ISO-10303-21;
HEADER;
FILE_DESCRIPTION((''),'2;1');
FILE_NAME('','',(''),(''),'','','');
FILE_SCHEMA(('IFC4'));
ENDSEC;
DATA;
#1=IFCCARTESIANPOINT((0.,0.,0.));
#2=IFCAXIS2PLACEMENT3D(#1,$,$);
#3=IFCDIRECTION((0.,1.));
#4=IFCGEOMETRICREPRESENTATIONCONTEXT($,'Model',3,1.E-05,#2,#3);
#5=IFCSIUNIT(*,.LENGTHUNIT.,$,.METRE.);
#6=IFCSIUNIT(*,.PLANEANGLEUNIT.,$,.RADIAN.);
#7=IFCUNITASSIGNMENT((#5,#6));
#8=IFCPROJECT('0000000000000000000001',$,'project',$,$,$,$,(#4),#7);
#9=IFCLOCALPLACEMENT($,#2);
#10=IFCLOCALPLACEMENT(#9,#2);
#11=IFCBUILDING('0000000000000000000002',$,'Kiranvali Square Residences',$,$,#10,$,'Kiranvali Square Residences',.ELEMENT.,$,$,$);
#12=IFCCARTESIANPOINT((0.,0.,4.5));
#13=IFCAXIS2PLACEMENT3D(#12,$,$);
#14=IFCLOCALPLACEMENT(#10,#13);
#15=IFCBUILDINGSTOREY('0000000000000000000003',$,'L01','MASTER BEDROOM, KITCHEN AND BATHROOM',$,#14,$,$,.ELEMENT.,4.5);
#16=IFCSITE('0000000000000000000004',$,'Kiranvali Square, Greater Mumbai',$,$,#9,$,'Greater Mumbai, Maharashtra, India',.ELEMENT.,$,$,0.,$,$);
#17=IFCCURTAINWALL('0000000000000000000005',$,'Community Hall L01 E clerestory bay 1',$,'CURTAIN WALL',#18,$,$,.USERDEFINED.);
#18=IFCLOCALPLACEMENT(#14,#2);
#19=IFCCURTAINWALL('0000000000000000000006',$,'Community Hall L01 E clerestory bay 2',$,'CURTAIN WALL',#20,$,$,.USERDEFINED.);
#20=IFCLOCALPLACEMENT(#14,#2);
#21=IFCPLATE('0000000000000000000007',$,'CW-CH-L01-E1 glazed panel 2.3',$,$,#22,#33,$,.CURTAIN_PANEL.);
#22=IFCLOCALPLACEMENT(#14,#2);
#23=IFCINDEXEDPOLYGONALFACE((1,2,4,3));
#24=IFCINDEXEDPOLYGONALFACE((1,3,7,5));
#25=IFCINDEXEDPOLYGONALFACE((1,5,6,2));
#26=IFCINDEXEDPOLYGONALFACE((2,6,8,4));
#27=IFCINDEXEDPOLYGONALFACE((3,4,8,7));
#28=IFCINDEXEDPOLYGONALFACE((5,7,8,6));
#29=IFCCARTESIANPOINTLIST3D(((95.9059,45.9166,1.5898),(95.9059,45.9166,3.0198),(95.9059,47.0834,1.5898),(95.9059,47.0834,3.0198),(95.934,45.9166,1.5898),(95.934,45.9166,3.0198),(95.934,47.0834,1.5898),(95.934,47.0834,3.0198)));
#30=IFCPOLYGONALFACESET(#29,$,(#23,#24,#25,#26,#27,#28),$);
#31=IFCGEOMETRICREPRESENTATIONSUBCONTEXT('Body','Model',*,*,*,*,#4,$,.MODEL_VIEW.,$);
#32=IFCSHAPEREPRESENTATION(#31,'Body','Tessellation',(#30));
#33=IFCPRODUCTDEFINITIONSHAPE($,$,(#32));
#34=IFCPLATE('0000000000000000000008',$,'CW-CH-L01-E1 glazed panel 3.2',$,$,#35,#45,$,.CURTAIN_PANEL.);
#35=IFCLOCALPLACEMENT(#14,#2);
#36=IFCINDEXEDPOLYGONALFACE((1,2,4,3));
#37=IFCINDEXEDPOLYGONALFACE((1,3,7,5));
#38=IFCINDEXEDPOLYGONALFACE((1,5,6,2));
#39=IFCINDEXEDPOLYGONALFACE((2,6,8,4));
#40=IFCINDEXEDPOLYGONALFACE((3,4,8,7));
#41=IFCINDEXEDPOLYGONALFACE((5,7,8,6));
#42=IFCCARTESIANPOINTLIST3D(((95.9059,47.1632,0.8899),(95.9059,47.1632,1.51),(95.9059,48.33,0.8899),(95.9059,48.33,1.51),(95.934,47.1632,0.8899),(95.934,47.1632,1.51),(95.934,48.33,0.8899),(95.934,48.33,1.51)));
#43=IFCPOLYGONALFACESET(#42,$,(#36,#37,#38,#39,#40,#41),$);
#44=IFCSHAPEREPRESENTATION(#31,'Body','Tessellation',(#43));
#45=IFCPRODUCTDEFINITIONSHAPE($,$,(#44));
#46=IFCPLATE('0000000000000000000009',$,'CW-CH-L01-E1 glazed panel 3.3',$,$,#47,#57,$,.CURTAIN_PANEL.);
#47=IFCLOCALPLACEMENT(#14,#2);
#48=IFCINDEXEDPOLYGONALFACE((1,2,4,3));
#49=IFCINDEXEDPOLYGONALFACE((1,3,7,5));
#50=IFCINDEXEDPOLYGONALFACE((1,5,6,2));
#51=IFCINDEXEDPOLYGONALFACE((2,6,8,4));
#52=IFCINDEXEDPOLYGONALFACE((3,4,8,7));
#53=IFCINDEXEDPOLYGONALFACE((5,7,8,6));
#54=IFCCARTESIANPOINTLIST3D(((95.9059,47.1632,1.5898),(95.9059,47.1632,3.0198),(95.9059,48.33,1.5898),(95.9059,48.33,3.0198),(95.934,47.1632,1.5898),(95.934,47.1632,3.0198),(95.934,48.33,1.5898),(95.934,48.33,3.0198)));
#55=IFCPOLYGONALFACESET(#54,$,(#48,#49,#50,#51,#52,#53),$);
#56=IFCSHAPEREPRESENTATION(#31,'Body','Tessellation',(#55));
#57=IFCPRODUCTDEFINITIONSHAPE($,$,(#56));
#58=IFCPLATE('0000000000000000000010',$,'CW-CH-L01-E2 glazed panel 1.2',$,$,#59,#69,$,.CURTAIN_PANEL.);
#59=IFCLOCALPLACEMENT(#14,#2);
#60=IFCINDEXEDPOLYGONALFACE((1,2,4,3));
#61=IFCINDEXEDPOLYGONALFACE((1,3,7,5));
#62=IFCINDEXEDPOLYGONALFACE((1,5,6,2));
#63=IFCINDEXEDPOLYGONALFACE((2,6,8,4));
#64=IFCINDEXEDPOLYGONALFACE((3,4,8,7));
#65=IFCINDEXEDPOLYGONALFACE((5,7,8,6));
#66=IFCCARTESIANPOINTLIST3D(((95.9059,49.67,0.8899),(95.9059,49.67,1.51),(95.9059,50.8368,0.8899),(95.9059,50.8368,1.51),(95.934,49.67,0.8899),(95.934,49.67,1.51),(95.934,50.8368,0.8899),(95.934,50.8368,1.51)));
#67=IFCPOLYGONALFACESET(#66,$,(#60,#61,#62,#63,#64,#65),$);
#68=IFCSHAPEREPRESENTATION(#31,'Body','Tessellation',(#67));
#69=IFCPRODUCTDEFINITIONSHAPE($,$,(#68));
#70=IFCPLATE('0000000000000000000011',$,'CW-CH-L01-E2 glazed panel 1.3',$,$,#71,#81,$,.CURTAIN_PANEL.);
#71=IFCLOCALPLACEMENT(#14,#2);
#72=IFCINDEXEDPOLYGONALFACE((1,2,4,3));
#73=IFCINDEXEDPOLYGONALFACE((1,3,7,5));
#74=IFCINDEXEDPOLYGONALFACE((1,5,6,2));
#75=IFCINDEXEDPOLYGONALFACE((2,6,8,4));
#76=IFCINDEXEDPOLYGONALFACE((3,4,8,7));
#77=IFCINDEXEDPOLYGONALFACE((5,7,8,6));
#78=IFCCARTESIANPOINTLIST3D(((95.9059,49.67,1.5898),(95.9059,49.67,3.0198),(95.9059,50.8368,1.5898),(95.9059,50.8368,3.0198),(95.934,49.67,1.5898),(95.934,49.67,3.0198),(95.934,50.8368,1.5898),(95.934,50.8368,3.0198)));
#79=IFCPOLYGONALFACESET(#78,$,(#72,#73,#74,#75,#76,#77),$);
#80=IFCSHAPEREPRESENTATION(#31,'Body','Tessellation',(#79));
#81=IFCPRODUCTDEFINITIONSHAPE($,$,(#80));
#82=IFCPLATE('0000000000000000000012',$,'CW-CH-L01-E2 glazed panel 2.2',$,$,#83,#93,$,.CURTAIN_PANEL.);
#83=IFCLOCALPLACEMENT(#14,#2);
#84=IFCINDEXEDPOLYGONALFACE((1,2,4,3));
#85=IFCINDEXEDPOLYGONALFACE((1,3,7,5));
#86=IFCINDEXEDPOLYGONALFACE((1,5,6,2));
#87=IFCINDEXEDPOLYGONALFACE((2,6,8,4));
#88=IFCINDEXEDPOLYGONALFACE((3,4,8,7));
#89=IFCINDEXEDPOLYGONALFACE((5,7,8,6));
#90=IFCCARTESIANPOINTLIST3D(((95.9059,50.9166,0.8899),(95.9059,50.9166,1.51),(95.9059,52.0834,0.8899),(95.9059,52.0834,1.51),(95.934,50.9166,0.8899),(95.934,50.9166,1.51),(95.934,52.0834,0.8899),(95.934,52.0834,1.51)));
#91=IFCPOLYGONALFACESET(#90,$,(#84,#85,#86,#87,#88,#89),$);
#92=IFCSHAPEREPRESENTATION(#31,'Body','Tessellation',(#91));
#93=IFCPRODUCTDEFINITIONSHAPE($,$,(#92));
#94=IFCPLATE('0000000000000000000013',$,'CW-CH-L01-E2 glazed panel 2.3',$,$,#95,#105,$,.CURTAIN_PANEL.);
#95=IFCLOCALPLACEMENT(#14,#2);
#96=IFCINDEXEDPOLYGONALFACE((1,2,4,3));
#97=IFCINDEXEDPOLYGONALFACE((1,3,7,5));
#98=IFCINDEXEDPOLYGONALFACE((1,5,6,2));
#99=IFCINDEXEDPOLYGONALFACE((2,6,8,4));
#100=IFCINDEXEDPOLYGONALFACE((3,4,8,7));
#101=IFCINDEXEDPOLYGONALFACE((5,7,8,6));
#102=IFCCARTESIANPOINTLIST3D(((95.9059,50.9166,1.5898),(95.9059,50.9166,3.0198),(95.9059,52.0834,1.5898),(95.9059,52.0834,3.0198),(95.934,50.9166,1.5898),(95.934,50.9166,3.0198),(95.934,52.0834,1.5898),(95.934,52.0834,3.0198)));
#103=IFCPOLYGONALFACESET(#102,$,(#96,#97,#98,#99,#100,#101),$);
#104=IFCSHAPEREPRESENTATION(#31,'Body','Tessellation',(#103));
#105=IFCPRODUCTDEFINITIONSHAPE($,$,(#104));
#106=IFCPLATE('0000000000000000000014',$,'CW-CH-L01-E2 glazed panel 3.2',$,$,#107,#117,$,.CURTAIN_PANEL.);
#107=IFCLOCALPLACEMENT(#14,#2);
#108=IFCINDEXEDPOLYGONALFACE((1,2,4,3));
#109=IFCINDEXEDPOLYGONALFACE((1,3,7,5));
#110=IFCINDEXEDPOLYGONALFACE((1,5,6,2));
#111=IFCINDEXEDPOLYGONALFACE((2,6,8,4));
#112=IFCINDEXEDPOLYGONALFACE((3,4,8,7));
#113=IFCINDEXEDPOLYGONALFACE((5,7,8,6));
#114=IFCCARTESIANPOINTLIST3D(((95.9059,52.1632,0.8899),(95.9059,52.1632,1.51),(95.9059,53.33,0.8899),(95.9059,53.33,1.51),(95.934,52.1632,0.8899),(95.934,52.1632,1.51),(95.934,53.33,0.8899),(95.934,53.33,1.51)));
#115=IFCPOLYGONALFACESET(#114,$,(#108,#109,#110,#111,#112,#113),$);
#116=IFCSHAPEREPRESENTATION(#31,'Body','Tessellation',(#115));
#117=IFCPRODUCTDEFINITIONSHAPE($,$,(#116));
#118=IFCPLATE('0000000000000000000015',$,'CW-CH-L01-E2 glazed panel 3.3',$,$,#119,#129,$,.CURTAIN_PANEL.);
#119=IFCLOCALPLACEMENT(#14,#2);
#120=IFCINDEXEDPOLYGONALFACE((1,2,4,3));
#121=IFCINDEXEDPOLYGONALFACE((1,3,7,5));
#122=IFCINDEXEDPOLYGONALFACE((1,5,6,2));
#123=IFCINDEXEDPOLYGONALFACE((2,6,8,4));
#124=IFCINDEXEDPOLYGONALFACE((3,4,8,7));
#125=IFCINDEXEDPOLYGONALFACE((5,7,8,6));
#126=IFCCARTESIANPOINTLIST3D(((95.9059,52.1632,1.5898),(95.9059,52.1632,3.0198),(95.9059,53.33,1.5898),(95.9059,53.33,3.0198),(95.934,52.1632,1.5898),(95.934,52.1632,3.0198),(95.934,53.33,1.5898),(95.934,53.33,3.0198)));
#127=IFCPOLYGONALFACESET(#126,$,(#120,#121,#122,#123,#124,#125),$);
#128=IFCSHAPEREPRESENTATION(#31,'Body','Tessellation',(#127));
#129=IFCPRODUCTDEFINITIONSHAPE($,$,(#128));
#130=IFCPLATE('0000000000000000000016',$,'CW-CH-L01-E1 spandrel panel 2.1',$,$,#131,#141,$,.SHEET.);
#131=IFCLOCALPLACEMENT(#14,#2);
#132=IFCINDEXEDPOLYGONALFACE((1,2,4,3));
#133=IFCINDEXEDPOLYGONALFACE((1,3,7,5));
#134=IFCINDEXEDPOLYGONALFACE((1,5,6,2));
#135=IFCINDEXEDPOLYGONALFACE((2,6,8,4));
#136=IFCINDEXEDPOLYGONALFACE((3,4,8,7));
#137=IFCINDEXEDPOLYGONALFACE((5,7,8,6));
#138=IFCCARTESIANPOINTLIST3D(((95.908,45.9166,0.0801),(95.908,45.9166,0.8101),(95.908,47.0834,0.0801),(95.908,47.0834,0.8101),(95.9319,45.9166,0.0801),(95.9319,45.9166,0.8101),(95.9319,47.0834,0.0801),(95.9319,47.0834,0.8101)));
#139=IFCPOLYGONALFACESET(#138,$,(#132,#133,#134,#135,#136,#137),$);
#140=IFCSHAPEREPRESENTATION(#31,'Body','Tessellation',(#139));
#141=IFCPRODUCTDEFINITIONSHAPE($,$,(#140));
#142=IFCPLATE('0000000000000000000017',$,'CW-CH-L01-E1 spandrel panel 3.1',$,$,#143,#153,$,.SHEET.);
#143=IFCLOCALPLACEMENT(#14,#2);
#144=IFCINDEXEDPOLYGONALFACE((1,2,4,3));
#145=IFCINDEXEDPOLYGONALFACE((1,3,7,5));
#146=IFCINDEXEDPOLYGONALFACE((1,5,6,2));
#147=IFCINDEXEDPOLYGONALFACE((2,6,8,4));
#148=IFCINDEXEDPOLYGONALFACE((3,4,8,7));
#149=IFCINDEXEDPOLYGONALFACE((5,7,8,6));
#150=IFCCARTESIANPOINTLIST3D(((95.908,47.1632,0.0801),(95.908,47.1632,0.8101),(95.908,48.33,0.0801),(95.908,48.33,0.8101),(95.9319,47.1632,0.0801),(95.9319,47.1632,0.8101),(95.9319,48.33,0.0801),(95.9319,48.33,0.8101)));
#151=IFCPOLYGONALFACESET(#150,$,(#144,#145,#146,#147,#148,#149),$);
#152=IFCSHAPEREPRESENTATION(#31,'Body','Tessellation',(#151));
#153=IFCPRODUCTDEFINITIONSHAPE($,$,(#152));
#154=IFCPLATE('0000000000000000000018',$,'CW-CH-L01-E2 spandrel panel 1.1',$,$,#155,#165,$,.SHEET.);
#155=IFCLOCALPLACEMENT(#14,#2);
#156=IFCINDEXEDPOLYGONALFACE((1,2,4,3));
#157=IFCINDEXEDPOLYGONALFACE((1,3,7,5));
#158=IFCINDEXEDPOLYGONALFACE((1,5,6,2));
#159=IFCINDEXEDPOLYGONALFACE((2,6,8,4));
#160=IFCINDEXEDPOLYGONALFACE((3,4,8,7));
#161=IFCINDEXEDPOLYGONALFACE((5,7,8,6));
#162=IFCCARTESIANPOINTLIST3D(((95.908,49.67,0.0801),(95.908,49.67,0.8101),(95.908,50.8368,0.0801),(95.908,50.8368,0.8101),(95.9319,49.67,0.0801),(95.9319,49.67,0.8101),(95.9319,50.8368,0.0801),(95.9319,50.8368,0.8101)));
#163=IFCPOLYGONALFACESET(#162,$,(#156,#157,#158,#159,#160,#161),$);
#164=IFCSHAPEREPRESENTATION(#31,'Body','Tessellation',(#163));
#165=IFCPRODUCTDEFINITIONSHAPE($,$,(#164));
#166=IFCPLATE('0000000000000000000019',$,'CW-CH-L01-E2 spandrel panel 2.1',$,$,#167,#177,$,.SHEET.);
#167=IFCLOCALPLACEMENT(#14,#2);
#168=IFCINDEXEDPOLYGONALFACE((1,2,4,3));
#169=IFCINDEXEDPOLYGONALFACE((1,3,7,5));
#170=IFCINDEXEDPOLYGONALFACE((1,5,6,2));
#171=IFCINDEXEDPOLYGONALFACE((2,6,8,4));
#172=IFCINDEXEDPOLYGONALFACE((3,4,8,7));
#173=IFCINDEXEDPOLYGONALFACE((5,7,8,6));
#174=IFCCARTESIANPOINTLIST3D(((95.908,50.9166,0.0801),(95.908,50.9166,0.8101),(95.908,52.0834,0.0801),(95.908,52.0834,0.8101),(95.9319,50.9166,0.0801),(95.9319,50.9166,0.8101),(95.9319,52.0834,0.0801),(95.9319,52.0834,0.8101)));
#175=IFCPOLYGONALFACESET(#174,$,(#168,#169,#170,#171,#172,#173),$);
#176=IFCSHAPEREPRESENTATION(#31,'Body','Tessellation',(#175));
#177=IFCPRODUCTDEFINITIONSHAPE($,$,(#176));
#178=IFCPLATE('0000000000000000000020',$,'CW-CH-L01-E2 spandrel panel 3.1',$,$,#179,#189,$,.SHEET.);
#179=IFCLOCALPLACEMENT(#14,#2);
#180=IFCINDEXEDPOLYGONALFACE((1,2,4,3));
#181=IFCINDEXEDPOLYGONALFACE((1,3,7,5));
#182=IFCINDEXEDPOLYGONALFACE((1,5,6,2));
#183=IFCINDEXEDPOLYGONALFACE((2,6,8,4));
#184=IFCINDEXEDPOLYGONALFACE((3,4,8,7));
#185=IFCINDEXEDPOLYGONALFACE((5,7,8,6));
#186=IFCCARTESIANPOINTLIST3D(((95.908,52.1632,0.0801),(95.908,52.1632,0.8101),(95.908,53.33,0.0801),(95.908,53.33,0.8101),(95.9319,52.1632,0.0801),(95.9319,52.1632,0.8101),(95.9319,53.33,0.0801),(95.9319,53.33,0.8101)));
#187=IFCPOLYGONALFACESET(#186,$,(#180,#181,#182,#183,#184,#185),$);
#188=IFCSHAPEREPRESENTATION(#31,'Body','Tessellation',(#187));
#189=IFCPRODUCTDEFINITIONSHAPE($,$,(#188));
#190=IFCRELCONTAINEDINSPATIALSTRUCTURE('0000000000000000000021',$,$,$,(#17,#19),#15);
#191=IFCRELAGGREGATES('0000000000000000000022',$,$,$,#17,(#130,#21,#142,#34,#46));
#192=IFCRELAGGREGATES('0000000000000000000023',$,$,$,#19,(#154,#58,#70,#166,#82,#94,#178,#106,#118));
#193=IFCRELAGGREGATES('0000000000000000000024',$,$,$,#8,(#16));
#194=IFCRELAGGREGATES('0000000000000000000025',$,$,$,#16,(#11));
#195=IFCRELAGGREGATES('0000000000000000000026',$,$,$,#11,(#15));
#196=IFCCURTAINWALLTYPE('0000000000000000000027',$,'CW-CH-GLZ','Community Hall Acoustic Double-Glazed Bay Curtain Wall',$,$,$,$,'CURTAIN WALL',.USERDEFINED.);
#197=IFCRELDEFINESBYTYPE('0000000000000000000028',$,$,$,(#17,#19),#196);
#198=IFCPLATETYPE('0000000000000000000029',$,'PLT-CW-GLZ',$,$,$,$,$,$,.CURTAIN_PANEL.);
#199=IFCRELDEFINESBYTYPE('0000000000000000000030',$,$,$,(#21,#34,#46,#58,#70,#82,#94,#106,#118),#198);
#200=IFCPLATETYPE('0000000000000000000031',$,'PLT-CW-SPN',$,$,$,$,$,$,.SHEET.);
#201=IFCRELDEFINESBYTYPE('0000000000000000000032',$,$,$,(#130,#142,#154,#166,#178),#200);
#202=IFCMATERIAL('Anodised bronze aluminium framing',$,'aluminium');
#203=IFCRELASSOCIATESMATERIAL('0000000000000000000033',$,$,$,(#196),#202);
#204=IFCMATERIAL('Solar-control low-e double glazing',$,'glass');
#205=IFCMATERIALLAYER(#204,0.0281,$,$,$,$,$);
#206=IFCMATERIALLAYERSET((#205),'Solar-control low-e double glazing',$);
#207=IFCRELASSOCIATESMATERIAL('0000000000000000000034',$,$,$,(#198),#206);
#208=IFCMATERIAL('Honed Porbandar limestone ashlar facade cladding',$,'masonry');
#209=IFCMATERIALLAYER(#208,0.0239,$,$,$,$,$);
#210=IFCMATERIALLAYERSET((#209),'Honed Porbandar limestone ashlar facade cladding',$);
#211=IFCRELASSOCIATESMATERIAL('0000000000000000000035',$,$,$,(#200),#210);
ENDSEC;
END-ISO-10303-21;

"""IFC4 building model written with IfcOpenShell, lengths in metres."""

from ifc_helpers import new_model, si_unit, direction, frame, origin, origin_2d, place, context, subcontext, project, spatial, rectangle, extrude, material, layer, layer_set, type_object, element, aggregate, save


model = new_model("IFC4")

# Units and contexts
model_context = context("Model", 3, precision=1e-05, world=origin(), true_north=direction((0.0, 1.0)))
body_context = subcontext(model_context, "Body", "Model", "MODEL_VIEW")
ifc_project = project(units=[si_unit("LENGTHUNIT", "METRE"), si_unit("PLANEANGLEUNIT", "RADIAN")], contexts=[model_context])

# Site, building, storey
site_placement = place(None, origin())
site = spatial("IfcSite", under=ifc_project, at=site_placement, Name="Kiranvali Square, Greater Mumbai", LongName="Greater Mumbai, Maharashtra, India", CompositionType="ELEMENT", RefElevation=0.0)
building_placement = place(site_placement, origin())
building = spatial("IfcBuilding", under=site, at=building_placement, Name="Kiranvali Square Residences", LongName="Kiranvali Square Residences", CompositionType="ELEMENT")
storey_placement = place(building_placement, frame((0.0, 0.0, 4.5)))
storey = spatial("IfcBuildingStorey", under=building, at=storey_placement, Name="L01", Description="MASTER BEDROOM, KITCHEN AND BATHROOM", CompositionType="ELEMENT", Elevation=4.5)

# Curtain walls
ifc_material_1 = material(Name="Anodised bronze aluminium framing", Category="aluminium")
curtain_wall_type = type_object("IfcCurtainWallType", Name="CW-CH-GLZ", Description="Community Hall Acoustic Double-Glazed Bay Curtain Wall", ElementType="CURTAIN WALL", PredefinedType="USERDEFINED", material=ifc_material_1)
curtain_wall_1_placement = place(storey_placement, origin())
curtain_wall_1 = element("IfcCurtainWall", 1, at=curtain_wall_1_placement, inside=storey, type_object=curtain_wall_type, Name="Community Hall L01 E clerestory bay 1", ObjectType="CURTAIN WALL", PredefinedType="USERDEFINED")
curtain_wall_2_placement = place(storey_placement, origin())
curtain_wall_2 = element("IfcCurtainWall", 2, at=curtain_wall_2_placement, inside=storey, type_object=curtain_wall_type, Name="Community Hall L01 E clerestory bay 2", ObjectType="CURTAIN WALL", PredefinedType="USERDEFINED")

# Plates
ifc_material_2 = material(Name="Solar-control low-e double glazing", Category="glass")
ifc_layer_1 = layer(ifc_material_2, 0.0281)
ifc_layer_set_1 = layer_set([ifc_layer_1], Name="Solar-control low-e double glazing")
plate_type_1 = type_object("IfcPlateType", Name="PLT-CW-GLZ", PredefinedType="CURTAIN_PANEL", material=ifc_layer_set_1)
plate_1_placement = place(storey_placement, frame((95.9199, 46.5, 1.5898), z_axis=(0.0, 0.0, 1.0), x_axis=(0.0, 1.0, 0.0)))
plate_1 = element("IfcPlate", 3, at=plate_1_placement, type_object=plate_type_1, Name="CW-CH-L01-E1 glazed panel 2.3", PredefinedType="CURTAIN_PANEL", context=body_context, shape_type="SweptSolid", body=[
    extrude(rectangle(XDim=1.1667, YDim=0.0281, at=origin_2d()), origin(), (0.0, 0.0, 1.0), 1.4299),
])
plate_2_placement = place(storey_placement, frame((95.9199, 47.7466, 0.8899), z_axis=(0.0, 0.0, 1.0), x_axis=(0.0, 1.0, 0.0)))
plate_2 = element("IfcPlate", 4, at=plate_2_placement, type_object=plate_type_1, Name="CW-CH-L01-E1 glazed panel 3.2", PredefinedType="CURTAIN_PANEL", context=body_context, shape_type="SweptSolid", body=[
    extrude(rectangle(XDim=1.1667, YDim=0.0281, at=origin_2d()), origin(), (0.0, 0.0, 1.0), 0.6201),
])
plate_3_placement = place(storey_placement, frame((95.9199, 47.7466, 1.5898), z_axis=(0.0, 0.0, 1.0), x_axis=(0.0, 1.0, 0.0)))
plate_3 = element("IfcPlate", 5, at=plate_3_placement, type_object=plate_type_1, Name="CW-CH-L01-E1 glazed panel 3.3", PredefinedType="CURTAIN_PANEL", context=body_context, shape_type="SweptSolid", body=[
    extrude(rectangle(XDim=1.1667, YDim=0.0281, at=origin_2d()), origin(), (0.0, 0.0, 1.0), 1.4299),
])
plate_4_placement = place(storey_placement, frame((95.9199, 50.2534, 0.8899), z_axis=(0.0, 0.0, 1.0), x_axis=(0.0, 1.0, 0.0)))
plate_4 = element("IfcPlate", 6, at=plate_4_placement, type_object=plate_type_1, Name="CW-CH-L01-E2 glazed panel 1.2", PredefinedType="CURTAIN_PANEL", context=body_context, shape_type="SweptSolid", body=[
    extrude(rectangle(XDim=1.1667, YDim=0.0281, at=origin_2d()), origin(), (0.0, 0.0, 1.0), 0.6201),
])
plate_5_placement = place(storey_placement, frame((95.9199, 50.2534, 1.5898), z_axis=(0.0, 0.0, 1.0), x_axis=(0.0, 1.0, 0.0)))
plate_5 = element("IfcPlate", 7, at=plate_5_placement, type_object=plate_type_1, Name="CW-CH-L01-E2 glazed panel 1.3", PredefinedType="CURTAIN_PANEL", context=body_context, shape_type="SweptSolid", body=[
    extrude(rectangle(XDim=1.1667, YDim=0.0281, at=origin_2d()), origin(), (0.0, 0.0, 1.0), 1.4299),
])
plate_6_placement = place(storey_placement, frame((95.9199, 51.5, 0.8899), z_axis=(0.0, 0.0, 1.0), x_axis=(0.0, 1.0, 0.0)))
plate_6 = element("IfcPlate", 8, at=plate_6_placement, type_object=plate_type_1, Name="CW-CH-L01-E2 glazed panel 2.2", PredefinedType="CURTAIN_PANEL", context=body_context, shape_type="SweptSolid", body=[
    extrude(rectangle(XDim=1.1667, YDim=0.0281, at=origin_2d()), origin(), (0.0, 0.0, 1.0), 0.6201),
])
plate_7_placement = place(storey_placement, frame((95.9199, 51.5, 1.5898), z_axis=(0.0, 0.0, 1.0), x_axis=(0.0, 1.0, 0.0)))
plate_7 = element("IfcPlate", 9, at=plate_7_placement, type_object=plate_type_1, Name="CW-CH-L01-E2 glazed panel 2.3", PredefinedType="CURTAIN_PANEL", context=body_context, shape_type="SweptSolid", body=[
    extrude(rectangle(XDim=1.1667, YDim=0.0281, at=origin_2d()), origin(), (0.0, 0.0, 1.0), 1.4299),
])
plate_8_placement = place(storey_placement, frame((95.9199, 52.7466, 0.8899), z_axis=(0.0, 0.0, 1.0), x_axis=(0.0, 1.0, 0.0)))
plate_8 = element("IfcPlate", 10, at=plate_8_placement, type_object=plate_type_1, Name="CW-CH-L01-E2 glazed panel 3.2", PredefinedType="CURTAIN_PANEL", context=body_context, shape_type="SweptSolid", body=[
    extrude(rectangle(XDim=1.1667, YDim=0.0281, at=origin_2d()), origin(), (0.0, 0.0, 1.0), 0.6201),
])
plate_9_placement = place(storey_placement, frame((95.9199, 52.7466, 1.5898), z_axis=(0.0, 0.0, 1.0), x_axis=(0.0, 1.0, 0.0)))
plate_9 = element("IfcPlate", 11, at=plate_9_placement, type_object=plate_type_1, Name="CW-CH-L01-E2 glazed panel 3.3", PredefinedType="CURTAIN_PANEL", context=body_context, shape_type="SweptSolid", body=[
    extrude(rectangle(XDim=1.1667, YDim=0.0281, at=origin_2d()), origin(), (0.0, 0.0, 1.0), 1.4299),
])
ifc_material_3 = material(Name="Honed Porbandar limestone ashlar facade cladding", Category="masonry")
ifc_layer_2 = layer(ifc_material_3, 0.0239)
ifc_layer_set_2 = layer_set([ifc_layer_2], Name="Honed Porbandar limestone ashlar facade cladding")
plate_type_2 = type_object("IfcPlateType", Name="PLT-CW-SPN", PredefinedType="SHEET", material=ifc_layer_set_2)
plate_10_placement = place(storey_placement, frame((95.9199, 46.5, 0.0801), z_axis=(0.0, 0.0, 1.0), x_axis=(0.0, 1.0, 0.0)))
plate_10 = element("IfcPlate", 12, at=plate_10_placement, type_object=plate_type_2, Name="CW-CH-L01-E1 spandrel panel 2.1", PredefinedType="SHEET", context=body_context, shape_type="SweptSolid", body=[
    extrude(rectangle(XDim=1.1667, YDim=0.0239, at=origin_2d()), origin(), (0.0, 0.0, 1.0), 0.73),
])
plate_11_placement = place(storey_placement, frame((95.9199, 47.7466, 0.0801), z_axis=(0.0, 0.0, 1.0), x_axis=(0.0, 1.0, 0.0)))
plate_11 = element("IfcPlate", 13, at=plate_11_placement, type_object=plate_type_2, Name="CW-CH-L01-E1 spandrel panel 3.1", PredefinedType="SHEET", context=body_context, shape_type="SweptSolid", body=[
    extrude(rectangle(XDim=1.1667, YDim=0.0239, at=origin_2d()), origin(), (0.0, 0.0, 1.0), 0.73),
])
aggregate(curtain_wall_1, [plate_10, plate_1, plate_11, plate_2, plate_3])
plate_12_placement = place(storey_placement, frame((95.9199, 50.2534, 0.0801), z_axis=(0.0, 0.0, 1.0), x_axis=(0.0, 1.0, 0.0)))
plate_12 = element("IfcPlate", 14, at=plate_12_placement, type_object=plate_type_2, Name="CW-CH-L01-E2 spandrel panel 1.1", PredefinedType="SHEET", context=body_context, shape_type="SweptSolid", body=[
    extrude(rectangle(XDim=1.1667, YDim=0.0239, at=origin_2d()), origin(), (0.0, 0.0, 1.0), 0.73),
])
plate_13_placement = place(storey_placement, frame((95.9199, 51.5, 0.0801), z_axis=(0.0, 0.0, 1.0), x_axis=(0.0, 1.0, 0.0)))
plate_13 = element("IfcPlate", 15, at=plate_13_placement, type_object=plate_type_2, Name="CW-CH-L01-E2 spandrel panel 2.1", PredefinedType="SHEET", context=body_context, shape_type="SweptSolid", body=[
    extrude(rectangle(XDim=1.1667, YDim=0.0239, at=origin_2d()), origin(), (0.0, 0.0, 1.0), 0.73),
])
plate_14_placement = place(storey_placement, frame((95.9199, 52.7466, 0.0801), z_axis=(0.0, 0.0, 1.0), x_axis=(0.0, 1.0, 0.0)))
plate_14 = element("IfcPlate", 16, at=plate_14_placement, type_object=plate_type_2, Name="CW-CH-L01-E2 spandrel panel 3.1", PredefinedType="SHEET", context=body_context, shape_type="SweptSolid", body=[
    extrude(rectangle(XDim=1.1667, YDim=0.0239, at=origin_2d()), origin(), (0.0, 0.0, 1.0), 0.73),
])
aggregate(curtain_wall_2, [plate_12, plate_4, plate_5, plate_13, plate_6, plate_7, plate_14, plate_8, plate_9])

save(model, "model.ifc")
